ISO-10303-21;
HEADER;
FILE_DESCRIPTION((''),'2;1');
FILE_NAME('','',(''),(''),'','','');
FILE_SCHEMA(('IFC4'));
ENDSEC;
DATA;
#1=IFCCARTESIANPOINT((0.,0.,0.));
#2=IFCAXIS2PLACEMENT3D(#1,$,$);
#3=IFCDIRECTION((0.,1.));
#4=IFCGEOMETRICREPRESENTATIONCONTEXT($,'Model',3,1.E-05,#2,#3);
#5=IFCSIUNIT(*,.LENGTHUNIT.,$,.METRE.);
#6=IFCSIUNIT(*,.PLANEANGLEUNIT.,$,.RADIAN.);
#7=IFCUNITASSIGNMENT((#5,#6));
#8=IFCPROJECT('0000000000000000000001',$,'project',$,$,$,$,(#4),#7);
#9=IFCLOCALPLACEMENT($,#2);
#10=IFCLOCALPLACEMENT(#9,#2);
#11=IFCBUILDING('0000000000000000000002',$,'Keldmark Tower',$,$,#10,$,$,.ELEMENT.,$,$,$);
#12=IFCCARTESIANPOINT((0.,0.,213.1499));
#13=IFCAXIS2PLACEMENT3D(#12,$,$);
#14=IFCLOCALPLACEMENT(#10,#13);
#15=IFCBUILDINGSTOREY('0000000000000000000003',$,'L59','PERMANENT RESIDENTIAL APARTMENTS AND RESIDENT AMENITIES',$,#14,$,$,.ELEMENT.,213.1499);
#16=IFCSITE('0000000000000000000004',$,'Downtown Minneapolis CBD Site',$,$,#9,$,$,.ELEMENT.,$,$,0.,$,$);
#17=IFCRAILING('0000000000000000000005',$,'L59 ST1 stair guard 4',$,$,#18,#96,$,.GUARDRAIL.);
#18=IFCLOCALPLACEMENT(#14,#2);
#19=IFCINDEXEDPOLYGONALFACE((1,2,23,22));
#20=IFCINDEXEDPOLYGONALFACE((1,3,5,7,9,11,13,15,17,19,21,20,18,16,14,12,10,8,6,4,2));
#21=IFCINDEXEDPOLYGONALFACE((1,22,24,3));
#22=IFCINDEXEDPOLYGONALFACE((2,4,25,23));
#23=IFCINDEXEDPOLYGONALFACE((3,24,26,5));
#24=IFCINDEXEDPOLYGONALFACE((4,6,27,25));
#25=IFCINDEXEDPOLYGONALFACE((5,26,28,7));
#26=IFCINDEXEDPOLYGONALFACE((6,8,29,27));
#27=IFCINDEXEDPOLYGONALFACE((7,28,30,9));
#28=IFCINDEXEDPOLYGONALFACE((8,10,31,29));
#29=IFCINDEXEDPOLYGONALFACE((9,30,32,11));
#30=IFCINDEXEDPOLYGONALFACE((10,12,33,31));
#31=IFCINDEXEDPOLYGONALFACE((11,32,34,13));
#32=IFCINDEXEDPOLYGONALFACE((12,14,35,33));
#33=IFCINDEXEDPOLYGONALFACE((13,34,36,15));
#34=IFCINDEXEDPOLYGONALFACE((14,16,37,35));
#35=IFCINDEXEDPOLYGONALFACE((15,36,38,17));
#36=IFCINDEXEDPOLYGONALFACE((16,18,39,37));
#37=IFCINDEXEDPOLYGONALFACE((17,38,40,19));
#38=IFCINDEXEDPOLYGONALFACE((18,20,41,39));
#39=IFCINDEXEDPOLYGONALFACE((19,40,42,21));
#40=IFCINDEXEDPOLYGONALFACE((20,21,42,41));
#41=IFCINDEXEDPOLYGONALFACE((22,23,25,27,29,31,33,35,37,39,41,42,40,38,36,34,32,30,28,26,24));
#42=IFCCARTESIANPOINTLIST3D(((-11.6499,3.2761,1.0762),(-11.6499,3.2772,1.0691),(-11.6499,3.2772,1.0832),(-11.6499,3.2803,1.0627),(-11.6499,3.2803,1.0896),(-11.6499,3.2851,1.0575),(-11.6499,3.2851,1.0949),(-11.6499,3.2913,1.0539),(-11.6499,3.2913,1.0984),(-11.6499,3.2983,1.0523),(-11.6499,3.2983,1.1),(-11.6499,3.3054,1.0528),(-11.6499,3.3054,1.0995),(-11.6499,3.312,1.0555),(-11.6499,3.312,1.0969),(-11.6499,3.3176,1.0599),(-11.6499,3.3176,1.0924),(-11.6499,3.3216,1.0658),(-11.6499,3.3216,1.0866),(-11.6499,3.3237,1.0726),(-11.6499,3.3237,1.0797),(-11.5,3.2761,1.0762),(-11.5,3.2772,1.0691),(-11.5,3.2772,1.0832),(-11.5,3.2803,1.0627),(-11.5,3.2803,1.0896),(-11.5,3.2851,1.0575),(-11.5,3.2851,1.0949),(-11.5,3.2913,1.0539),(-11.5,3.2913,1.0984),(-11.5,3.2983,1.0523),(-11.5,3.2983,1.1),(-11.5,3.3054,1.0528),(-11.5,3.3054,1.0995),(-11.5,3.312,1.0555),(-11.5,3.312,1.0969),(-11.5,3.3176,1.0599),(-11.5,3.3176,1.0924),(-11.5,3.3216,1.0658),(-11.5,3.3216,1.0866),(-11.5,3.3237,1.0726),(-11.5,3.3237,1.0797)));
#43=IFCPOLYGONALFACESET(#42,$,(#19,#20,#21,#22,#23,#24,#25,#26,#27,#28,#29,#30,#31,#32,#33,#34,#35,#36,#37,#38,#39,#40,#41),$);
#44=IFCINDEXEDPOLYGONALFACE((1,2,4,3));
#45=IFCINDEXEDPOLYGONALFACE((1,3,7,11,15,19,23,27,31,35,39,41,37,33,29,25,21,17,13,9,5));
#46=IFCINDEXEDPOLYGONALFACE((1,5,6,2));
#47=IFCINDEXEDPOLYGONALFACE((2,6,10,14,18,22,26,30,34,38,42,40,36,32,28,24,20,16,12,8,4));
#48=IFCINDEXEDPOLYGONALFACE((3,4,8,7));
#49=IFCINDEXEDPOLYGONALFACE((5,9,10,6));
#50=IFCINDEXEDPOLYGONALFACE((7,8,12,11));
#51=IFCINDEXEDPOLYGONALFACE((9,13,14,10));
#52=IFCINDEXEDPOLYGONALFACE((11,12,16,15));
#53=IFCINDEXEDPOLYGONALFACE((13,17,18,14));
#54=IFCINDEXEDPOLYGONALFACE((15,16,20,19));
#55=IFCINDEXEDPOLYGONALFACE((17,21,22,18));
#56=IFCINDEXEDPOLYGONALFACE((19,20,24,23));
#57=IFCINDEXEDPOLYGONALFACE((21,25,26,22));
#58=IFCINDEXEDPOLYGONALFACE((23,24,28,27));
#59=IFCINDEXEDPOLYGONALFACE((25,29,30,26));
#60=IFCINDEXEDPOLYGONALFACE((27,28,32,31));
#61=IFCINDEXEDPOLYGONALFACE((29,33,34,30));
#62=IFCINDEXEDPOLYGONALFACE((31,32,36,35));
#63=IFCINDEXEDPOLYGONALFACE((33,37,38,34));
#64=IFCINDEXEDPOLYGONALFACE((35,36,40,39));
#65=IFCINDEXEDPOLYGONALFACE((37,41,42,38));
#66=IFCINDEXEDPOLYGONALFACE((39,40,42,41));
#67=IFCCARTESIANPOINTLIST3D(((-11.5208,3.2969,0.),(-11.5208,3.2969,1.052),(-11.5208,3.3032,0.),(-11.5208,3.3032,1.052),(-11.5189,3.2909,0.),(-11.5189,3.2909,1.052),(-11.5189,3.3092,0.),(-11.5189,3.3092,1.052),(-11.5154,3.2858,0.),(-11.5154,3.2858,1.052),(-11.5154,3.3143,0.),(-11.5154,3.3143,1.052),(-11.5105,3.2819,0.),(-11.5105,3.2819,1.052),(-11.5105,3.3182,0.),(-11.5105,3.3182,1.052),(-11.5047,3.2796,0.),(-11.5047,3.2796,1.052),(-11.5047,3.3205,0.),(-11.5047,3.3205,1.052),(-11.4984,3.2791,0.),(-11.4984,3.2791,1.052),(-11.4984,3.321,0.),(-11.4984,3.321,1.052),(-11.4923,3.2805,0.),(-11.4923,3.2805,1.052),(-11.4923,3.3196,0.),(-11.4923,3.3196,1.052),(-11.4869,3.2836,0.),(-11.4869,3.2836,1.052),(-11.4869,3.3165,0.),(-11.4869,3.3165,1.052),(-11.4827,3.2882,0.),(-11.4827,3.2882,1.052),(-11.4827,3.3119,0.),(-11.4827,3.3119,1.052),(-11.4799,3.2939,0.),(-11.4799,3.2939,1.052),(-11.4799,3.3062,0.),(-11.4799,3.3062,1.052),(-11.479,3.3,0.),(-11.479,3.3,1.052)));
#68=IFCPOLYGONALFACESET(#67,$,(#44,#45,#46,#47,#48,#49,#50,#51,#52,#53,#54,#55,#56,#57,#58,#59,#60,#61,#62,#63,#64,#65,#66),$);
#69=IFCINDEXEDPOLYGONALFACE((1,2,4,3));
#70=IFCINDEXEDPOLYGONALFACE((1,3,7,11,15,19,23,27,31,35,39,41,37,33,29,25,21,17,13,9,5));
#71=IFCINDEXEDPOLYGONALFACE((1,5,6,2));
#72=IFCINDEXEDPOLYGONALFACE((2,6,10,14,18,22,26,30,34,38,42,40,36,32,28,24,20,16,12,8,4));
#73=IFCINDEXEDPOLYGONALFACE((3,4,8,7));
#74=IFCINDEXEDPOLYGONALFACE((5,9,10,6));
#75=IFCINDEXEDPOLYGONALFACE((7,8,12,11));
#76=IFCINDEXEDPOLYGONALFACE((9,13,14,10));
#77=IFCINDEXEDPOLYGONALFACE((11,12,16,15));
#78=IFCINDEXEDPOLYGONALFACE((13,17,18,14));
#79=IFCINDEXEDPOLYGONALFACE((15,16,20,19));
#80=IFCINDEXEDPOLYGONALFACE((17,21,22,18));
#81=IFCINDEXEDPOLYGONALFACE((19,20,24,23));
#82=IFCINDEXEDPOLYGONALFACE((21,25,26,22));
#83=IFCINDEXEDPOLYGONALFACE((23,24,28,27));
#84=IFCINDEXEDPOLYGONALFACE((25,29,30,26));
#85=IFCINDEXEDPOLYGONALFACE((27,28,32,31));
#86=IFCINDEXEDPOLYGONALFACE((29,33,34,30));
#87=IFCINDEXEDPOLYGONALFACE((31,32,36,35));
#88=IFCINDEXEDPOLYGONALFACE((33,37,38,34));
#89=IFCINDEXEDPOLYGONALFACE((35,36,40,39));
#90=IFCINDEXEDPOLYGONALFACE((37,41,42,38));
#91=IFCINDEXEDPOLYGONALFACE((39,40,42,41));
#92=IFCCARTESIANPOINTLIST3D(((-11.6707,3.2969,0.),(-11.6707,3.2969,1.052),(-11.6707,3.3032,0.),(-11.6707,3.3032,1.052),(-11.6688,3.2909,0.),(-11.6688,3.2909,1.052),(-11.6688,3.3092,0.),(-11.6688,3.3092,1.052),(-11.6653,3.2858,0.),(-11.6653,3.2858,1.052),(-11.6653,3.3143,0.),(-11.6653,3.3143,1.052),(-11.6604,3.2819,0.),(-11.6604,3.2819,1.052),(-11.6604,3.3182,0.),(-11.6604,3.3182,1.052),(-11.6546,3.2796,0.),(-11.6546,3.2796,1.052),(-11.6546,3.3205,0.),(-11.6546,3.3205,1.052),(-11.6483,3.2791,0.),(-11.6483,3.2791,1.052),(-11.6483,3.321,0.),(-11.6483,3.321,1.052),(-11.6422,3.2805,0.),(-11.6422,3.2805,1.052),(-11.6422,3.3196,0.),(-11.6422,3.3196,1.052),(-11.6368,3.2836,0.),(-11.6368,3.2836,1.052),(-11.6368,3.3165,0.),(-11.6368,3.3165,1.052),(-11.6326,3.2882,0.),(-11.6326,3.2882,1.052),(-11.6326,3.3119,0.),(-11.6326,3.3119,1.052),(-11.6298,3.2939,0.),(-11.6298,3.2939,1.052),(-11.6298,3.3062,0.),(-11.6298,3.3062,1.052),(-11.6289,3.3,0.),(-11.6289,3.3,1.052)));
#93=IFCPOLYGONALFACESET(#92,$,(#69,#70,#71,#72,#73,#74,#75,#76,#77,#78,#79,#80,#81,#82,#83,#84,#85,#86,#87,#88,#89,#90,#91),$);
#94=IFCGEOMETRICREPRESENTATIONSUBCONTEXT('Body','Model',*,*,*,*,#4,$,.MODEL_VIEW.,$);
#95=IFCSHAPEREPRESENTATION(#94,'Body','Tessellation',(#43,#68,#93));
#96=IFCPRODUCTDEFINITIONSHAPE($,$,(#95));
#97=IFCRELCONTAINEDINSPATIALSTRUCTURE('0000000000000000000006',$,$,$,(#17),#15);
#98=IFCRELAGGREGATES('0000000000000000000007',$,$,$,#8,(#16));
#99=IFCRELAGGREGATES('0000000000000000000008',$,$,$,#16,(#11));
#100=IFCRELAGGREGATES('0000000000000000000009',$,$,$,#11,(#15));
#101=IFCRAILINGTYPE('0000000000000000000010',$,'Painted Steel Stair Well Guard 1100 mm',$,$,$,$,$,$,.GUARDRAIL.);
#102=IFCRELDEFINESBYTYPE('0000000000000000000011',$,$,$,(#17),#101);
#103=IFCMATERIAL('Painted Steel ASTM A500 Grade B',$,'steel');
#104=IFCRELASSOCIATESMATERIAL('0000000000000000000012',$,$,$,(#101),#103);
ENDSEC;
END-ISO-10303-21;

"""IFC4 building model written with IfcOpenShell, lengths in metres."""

from ifc_helpers import new_model, si_unit, direction, frame, origin, origin_2d, place, context, subcontext, project, spatial, circle, extrude, material, type_object, element, save


model = new_model("IFC4")

# Units and contexts
model_context = context("Model", 3, precision=1e-05, world=origin(), true_north=direction((0.0, 1.0)))
body_context = subcontext(model_context, "Body", "Model", "MODEL_VIEW")
ifc_project = project(units=[si_unit("LENGTHUNIT", "METRE"), si_unit("PLANEANGLEUNIT", "RADIAN")], contexts=[model_context])

# Site, building, storey
site_placement = place(None, origin())
site = spatial("IfcSite", under=ifc_project, at=site_placement, Name="Downtown Minneapolis CBD Site", CompositionType="ELEMENT", RefElevation=0.0)
building_placement = place(site_placement, origin())
building = spatial("IfcBuilding", under=site, at=building_placement, Name="Keldmark Tower", CompositionType="ELEMENT")
storey_placement = place(building_placement, frame((0.0, 0.0, 213.1499)))
storey = spatial("IfcBuildingStorey", under=building, at=storey_placement, Name="L59", Description="PERMANENT RESIDENTIAL APARTMENTS AND RESIDENT AMENITIES", CompositionType="ELEMENT", Elevation=213.1499)

# Railing
ifc_material_1 = material(Name="Painted Steel ASTM A500 Grade B", Category="steel")
railing_type_1 = type_object("IfcRailingType", Name="Painted Steel Stair Well Guard 1100 mm", PredefinedType="GUARDRAIL", material=ifc_material_1)
railing_1_placement = place(storey_placement, frame((-11.5, 3.3, 0.0)))
element("IfcRailing", 1, at=railing_1_placement, inside=storey, type_object=railing_type_1, Name="L59 ST1 stair guard 4", PredefinedType="GUARDRAIL", context=body_context, shape_type="SweptSolid", body=[
    extrude(circle(Radius=0.0239, at=origin_2d()), frame((0.0, 0.0, 1.0762), z_axis=(-1.0, 0.0, 0.0), x_axis=(0.0, -1.0, 0.0)), (0.0, 0.0, 1.0), 0.1499),
    extrude(circle(Radius=0.021, at=origin_2d()), origin(), (0.0, 0.0, 1.0), 1.052),
    extrude(circle(Radius=0.021, at=origin_2d()), frame((-0.1499, 0.0, 0.0)), (0.0, 0.0, 1.0), 1.052),
])

save(model, "model.ifc")
